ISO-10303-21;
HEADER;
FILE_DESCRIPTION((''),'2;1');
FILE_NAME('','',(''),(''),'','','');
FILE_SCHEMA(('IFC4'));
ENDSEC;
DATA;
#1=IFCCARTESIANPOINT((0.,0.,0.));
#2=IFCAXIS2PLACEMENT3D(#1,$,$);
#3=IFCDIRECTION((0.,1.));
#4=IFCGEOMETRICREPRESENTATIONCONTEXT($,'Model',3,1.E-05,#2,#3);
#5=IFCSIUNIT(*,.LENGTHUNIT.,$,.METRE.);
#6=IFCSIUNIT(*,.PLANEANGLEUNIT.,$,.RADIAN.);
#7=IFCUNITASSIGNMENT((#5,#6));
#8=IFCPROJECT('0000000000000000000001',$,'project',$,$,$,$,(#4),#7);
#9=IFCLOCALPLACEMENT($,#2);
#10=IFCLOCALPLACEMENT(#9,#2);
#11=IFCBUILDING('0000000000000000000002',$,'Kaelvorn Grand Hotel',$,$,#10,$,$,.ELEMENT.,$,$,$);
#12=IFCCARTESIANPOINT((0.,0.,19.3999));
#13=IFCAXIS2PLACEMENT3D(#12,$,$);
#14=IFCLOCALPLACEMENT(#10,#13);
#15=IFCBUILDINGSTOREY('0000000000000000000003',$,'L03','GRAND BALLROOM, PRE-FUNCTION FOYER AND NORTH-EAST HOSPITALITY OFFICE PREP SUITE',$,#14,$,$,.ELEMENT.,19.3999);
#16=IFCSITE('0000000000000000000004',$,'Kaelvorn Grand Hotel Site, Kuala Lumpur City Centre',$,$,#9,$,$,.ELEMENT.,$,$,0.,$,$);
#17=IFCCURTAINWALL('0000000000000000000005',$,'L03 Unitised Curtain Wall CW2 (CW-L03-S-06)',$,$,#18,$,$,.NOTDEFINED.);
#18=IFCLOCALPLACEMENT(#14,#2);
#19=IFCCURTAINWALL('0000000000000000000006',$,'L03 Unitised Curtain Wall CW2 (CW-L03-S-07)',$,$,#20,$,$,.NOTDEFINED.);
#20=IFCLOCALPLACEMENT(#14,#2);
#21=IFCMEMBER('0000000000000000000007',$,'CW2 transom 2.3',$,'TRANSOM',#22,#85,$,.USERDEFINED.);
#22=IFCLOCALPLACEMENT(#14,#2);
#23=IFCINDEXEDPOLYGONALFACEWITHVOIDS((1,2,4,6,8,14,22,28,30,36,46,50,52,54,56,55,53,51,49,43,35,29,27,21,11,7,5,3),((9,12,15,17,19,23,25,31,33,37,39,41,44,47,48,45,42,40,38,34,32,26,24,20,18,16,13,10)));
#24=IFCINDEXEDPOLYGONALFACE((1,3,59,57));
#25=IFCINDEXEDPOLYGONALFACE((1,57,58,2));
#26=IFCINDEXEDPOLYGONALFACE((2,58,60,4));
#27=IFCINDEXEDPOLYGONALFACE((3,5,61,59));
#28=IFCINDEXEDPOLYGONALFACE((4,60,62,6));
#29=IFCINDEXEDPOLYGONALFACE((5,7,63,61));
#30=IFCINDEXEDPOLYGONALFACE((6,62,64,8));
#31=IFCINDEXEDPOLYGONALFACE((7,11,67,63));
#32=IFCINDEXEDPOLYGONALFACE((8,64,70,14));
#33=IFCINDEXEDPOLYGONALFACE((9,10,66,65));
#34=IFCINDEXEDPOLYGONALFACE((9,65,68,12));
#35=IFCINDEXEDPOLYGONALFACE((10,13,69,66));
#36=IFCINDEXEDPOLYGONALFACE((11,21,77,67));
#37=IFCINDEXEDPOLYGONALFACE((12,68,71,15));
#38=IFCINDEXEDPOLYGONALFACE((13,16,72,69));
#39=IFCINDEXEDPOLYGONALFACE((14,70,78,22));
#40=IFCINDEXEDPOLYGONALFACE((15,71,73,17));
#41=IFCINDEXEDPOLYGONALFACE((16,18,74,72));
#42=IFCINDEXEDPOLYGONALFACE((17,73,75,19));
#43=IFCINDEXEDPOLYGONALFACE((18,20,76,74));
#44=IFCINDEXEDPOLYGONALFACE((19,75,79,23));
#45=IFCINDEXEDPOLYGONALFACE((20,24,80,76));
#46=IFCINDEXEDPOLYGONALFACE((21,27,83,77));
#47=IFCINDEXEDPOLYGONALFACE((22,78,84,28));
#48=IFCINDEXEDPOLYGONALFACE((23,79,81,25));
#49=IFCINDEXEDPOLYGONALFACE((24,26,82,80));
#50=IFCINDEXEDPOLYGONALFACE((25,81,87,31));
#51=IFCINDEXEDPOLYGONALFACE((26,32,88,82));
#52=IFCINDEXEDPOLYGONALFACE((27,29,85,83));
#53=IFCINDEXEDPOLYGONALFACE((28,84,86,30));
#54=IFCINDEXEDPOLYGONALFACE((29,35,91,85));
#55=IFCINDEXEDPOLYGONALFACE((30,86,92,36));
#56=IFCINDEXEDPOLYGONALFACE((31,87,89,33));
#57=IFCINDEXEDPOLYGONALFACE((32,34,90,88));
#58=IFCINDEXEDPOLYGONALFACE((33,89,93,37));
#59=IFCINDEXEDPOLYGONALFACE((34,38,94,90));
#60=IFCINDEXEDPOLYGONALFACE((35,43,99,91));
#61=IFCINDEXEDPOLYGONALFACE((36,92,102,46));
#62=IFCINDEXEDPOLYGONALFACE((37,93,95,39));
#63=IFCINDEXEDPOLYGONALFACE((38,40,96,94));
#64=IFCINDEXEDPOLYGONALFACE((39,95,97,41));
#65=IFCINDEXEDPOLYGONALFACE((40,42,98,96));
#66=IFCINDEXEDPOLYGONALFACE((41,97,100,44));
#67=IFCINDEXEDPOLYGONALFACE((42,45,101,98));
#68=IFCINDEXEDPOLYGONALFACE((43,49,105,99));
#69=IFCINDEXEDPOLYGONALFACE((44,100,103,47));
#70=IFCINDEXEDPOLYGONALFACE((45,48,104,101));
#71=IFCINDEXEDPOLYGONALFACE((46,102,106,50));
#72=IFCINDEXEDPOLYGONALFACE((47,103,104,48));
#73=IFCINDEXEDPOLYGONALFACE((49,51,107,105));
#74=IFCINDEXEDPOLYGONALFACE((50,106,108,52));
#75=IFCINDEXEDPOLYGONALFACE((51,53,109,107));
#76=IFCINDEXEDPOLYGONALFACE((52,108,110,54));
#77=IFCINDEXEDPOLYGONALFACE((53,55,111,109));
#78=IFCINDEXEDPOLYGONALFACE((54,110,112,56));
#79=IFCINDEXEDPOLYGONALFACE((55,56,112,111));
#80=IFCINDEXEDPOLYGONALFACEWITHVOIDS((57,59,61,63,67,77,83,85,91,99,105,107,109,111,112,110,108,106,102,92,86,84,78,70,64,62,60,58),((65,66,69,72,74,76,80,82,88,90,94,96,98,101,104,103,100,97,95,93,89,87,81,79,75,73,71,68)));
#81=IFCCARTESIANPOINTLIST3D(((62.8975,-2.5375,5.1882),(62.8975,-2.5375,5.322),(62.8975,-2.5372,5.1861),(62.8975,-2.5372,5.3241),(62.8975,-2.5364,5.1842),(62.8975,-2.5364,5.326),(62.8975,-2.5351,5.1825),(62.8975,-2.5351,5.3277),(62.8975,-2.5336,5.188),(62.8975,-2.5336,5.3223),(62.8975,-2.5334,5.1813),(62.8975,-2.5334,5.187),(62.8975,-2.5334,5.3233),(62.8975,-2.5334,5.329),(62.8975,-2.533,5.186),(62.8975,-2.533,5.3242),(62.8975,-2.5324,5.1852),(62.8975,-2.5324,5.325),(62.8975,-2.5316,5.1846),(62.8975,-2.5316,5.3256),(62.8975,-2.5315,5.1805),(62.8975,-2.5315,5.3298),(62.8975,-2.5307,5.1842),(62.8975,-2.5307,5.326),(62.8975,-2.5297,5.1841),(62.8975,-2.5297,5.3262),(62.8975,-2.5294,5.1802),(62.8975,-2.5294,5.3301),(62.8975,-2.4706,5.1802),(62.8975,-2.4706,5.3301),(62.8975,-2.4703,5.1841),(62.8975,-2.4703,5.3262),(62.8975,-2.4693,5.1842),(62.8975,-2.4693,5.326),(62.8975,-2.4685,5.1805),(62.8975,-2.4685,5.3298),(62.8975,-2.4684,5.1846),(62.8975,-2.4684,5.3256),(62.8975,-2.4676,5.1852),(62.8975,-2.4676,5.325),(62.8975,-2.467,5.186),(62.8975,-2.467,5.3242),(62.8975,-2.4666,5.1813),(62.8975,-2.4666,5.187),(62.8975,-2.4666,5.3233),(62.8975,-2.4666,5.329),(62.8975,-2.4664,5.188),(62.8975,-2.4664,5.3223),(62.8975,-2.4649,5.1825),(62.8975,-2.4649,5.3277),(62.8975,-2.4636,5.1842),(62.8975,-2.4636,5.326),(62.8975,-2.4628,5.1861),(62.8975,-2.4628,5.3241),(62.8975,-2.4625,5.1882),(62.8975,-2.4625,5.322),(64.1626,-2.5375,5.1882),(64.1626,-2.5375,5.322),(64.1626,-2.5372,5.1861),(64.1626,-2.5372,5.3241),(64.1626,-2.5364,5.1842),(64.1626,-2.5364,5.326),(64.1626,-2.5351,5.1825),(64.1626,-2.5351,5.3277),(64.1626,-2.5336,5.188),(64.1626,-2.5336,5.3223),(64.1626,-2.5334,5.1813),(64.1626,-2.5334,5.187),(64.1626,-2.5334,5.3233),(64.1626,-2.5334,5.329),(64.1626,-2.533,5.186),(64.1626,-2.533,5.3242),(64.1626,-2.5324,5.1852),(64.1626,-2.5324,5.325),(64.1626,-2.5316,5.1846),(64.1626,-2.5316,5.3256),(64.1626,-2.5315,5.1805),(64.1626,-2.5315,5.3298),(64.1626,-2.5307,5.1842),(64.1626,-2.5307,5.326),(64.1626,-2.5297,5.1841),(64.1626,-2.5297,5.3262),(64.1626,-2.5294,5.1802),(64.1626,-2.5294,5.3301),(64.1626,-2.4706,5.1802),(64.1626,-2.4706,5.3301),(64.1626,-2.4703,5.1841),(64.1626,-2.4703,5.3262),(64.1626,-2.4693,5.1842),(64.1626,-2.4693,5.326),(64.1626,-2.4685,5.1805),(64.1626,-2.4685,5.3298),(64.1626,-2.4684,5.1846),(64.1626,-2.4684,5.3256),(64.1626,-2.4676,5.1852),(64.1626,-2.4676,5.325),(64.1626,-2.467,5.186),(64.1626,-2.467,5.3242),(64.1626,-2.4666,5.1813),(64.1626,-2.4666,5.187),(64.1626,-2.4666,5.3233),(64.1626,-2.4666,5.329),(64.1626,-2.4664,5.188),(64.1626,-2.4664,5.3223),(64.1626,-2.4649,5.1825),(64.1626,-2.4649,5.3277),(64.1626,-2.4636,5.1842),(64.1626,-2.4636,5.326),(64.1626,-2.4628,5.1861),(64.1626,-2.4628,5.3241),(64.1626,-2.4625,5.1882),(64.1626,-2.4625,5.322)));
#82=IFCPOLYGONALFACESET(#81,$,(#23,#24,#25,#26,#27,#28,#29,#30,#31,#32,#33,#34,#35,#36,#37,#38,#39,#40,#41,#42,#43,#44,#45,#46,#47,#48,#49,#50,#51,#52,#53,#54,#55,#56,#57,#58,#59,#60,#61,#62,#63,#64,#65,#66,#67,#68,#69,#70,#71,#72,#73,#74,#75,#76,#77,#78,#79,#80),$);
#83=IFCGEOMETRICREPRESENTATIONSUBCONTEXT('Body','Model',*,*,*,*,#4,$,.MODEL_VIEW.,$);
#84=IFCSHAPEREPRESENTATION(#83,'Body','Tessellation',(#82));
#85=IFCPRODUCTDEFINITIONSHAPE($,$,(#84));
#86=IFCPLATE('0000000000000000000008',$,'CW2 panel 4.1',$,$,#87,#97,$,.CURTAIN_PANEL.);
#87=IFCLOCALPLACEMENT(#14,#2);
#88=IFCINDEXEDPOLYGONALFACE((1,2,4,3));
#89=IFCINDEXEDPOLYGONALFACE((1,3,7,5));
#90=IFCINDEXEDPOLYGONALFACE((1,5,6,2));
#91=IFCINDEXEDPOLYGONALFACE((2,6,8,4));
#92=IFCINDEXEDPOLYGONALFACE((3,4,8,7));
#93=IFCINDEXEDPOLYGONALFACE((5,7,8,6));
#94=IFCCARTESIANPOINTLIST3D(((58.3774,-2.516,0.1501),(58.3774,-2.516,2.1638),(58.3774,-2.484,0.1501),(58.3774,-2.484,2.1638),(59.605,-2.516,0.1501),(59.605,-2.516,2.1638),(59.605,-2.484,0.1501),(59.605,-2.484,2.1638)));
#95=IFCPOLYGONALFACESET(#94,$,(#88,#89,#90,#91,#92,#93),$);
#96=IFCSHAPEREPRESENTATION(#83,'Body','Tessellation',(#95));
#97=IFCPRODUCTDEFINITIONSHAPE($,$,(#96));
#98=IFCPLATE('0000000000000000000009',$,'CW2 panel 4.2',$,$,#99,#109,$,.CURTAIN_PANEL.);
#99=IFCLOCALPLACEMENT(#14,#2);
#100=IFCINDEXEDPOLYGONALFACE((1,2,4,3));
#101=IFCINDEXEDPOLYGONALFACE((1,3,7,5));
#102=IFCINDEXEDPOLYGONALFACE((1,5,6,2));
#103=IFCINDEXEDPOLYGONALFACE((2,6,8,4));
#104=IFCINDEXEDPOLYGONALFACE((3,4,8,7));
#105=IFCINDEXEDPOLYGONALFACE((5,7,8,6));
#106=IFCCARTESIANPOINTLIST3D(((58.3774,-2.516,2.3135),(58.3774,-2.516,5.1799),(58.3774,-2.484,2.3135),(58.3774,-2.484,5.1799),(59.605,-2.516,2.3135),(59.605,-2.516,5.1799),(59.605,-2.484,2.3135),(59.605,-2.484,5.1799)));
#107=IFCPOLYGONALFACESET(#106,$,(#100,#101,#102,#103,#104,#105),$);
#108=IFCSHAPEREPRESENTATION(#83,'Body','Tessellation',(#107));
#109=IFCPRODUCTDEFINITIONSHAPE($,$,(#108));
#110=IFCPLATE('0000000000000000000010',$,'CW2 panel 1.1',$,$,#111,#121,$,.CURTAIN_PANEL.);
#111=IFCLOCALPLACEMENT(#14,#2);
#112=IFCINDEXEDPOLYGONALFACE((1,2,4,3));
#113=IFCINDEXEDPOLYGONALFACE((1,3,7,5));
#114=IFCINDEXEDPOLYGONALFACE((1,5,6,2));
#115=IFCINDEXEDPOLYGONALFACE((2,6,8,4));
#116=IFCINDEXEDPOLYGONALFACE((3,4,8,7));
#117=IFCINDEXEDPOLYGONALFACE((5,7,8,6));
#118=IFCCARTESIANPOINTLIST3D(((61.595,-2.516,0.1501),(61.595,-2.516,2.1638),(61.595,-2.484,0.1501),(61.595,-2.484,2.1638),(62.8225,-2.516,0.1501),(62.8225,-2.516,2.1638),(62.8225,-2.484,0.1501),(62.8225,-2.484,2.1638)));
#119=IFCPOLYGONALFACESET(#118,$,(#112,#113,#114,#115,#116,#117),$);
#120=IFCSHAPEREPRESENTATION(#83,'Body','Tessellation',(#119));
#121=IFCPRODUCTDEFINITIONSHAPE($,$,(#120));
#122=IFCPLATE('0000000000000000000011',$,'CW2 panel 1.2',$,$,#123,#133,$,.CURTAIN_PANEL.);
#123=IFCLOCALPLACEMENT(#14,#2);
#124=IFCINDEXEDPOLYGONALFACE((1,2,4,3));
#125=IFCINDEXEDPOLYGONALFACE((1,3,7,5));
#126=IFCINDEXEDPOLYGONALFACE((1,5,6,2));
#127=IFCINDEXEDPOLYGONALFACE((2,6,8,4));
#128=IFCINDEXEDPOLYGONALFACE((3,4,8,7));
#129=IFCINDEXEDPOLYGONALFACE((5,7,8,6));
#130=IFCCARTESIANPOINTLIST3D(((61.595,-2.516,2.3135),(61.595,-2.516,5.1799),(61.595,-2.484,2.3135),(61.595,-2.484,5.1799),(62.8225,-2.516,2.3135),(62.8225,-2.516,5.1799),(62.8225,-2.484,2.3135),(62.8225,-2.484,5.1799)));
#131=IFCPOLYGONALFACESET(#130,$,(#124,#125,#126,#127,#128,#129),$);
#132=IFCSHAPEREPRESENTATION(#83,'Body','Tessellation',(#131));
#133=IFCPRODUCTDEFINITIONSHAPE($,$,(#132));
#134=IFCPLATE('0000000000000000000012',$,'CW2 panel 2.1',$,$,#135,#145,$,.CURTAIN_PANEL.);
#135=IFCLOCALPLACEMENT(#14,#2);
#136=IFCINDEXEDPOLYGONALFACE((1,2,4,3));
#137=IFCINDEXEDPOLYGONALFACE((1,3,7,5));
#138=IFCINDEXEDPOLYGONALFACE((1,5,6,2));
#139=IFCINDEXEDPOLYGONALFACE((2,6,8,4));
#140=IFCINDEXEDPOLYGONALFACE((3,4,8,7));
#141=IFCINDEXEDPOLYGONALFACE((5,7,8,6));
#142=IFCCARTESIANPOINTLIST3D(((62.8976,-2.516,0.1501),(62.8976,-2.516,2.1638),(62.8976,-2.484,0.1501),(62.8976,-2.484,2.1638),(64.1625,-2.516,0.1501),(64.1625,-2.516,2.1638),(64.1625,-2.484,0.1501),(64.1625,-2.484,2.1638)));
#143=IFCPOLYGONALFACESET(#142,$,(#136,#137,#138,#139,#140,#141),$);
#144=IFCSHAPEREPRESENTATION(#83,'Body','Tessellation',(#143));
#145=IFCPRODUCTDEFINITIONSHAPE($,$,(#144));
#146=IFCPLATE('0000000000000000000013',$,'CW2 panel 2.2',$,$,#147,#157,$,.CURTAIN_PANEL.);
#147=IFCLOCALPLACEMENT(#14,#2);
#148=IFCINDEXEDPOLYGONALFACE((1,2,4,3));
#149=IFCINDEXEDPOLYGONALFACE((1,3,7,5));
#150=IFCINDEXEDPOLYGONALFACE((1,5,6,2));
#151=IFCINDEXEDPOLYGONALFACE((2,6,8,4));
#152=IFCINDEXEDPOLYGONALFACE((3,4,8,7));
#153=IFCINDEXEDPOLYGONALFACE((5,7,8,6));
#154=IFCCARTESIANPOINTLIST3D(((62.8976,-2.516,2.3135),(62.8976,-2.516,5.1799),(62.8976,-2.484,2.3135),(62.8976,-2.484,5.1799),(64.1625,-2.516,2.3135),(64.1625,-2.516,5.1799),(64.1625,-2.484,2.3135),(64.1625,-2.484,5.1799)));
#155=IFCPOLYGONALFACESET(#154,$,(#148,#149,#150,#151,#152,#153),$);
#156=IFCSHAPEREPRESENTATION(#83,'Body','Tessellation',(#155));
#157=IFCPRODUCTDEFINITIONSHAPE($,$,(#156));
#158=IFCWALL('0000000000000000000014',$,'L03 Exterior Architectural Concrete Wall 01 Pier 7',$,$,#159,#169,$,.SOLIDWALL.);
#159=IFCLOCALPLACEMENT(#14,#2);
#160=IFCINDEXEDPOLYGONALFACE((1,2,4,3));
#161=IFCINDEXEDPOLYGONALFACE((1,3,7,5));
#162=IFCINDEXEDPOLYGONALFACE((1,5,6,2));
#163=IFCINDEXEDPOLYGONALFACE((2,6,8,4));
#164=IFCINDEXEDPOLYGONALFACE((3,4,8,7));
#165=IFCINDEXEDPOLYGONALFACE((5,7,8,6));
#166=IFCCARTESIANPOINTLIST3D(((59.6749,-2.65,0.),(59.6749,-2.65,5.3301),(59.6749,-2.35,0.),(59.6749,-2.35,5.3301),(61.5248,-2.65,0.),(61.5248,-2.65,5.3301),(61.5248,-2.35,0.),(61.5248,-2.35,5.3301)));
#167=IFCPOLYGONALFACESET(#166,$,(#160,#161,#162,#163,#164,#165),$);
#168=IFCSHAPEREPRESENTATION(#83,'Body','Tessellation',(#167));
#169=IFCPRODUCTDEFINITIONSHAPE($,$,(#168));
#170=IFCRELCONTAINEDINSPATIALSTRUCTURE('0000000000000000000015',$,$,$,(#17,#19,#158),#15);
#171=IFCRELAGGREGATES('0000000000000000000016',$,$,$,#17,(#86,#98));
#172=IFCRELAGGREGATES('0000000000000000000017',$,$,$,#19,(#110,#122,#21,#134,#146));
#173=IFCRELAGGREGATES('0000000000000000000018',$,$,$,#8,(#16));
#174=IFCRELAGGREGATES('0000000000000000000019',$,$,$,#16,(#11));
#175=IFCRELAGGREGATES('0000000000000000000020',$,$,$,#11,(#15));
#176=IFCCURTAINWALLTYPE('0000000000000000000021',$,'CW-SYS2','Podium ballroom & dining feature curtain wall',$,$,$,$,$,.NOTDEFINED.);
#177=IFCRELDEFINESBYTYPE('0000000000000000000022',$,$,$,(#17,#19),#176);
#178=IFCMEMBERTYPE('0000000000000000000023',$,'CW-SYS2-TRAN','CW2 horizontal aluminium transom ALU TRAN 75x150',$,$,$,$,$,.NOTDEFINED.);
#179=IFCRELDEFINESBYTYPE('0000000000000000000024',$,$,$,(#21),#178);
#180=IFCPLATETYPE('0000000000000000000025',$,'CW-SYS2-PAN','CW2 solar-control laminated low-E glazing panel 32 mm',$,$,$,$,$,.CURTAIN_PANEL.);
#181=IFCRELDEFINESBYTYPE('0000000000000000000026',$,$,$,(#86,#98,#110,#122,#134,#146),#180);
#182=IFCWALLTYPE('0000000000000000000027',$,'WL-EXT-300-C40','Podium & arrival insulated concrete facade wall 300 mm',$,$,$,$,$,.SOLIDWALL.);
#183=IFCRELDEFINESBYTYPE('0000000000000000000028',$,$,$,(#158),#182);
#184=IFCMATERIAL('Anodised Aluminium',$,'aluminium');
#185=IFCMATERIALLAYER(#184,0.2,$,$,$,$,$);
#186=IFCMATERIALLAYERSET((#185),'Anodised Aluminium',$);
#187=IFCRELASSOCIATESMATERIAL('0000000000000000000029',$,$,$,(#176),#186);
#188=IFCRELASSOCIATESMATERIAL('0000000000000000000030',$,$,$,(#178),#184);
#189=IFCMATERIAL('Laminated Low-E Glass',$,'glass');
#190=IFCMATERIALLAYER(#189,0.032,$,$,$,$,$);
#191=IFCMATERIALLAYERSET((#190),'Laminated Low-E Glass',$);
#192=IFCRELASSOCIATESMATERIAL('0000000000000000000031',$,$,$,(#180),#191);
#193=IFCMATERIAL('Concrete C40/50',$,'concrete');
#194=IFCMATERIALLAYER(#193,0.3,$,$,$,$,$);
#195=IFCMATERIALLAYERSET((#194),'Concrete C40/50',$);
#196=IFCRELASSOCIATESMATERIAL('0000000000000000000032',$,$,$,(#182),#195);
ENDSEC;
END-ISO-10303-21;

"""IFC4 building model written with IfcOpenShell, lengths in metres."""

from ifc_helpers import new_model, si_unit, direction, frame, frame_2d, origin, origin_2d, place, context, subcontext, project, spatial, rectangle, hollow_rectangle, extrude, material, layer, layer_set, material_profile, profile_set, type_object, element, aggregate, save


model = new_model("IFC4")

# Units and contexts
model_context = context("Model", 3, precision=1e-05, world=origin(), true_north=direction((0.0, 1.0)))
body_context = subcontext(model_context, "Body", "Model", "MODEL_VIEW")
ifc_project = project(units=[si_unit("LENGTHUNIT", "METRE"), si_unit("PLANEANGLEUNIT", "RADIAN")], contexts=[model_context])

# Site, building, storey
site_placement = place(None, origin())
site = spatial("IfcSite", under=ifc_project, at=site_placement, Name="Kaelvorn Grand Hotel Site, Kuala Lumpur City Centre", CompositionType="ELEMENT", RefElevation=0.0)
building_placement = place(site_placement, origin())
building = spatial("IfcBuilding", under=site, at=building_placement, Name="Kaelvorn Grand Hotel", CompositionType="ELEMENT")
storey_placement = place(building_placement, frame((0.0, 0.0, 19.3999)))
storey = spatial("IfcBuildingStorey", under=building, at=storey_placement, Name="L03", Description="GRAND BALLROOM, PRE-FUNCTION FOYER AND NORTH-EAST HOSPITALITY OFFICE PREP SUITE", CompositionType="ELEMENT", Elevation=19.3999)

# Curtain wall
ifc_material_1 = material(Name="Anodised Aluminium", Category="aluminium")
ifc_layer_1 = layer(ifc_material_1, 0.2)
ifc_layer_set_1 = layer_set([ifc_layer_1], Name="Anodised Aluminium")
curtain_wall_type = type_object("IfcCurtainWallType", Name="CW-SYS2", Description="Podium ballroom & dining feature curtain wall", PredefinedType="NOTDEFINED", material=ifc_layer_set_1)
curtain_wall_1_placement = place(storey_placement, origin())
curtain_wall_1 = element("IfcCurtainWall", 1, at=curtain_wall_1_placement, inside=storey, type_object=curtain_wall_type, Name="L03 Unitised Curtain Wall CW2 (CW-L03-S-06)", PredefinedType="NOTDEFINED")

# Curtain wall
curtain_wall_2_placement = place(storey_placement, origin())
curtain_wall_2 = element("IfcCurtainWall", 2, at=curtain_wall_2_placement, inside=storey, type_object=curtain_wall_type, Name="L03 Unitised Curtain Wall CW2 (CW-L03-S-07)", PredefinedType="NOTDEFINED")

# Member
ifc_material_profile_1 = material_profile(ifc_material_1, hollow_rectangle(XDim=0.075, YDim=0.1499, WallThickness=0.0039, InnerFilletRadius=0.0039, OuterFilletRadius=0.0081, at=origin_2d()), Name="ALU TRAN 75x150")
ifc_profile_set_1 = profile_set([ifc_material_profile_1], Name="Anodised Aluminium")
member_type_1 = type_object("IfcMemberType", Name="CW-SYS2-TRAN", Description="CW2 horizontal aluminium transom ALU TRAN 75x150", PredefinedType="NOTDEFINED", material=ifc_profile_set_1)
member_1_placement = place(storey_placement, frame((62.8975, -2.5, 5.2551), z_axis=(1.0, 0.0, 0.0), x_axis=(0.0, 1.0, 0.0)))
member_1 = element("IfcMember", 3, at=member_1_placement, type_object=member_type_1, Name="CW2 transom 2.3", ObjectType="TRANSOM", PredefinedType="USERDEFINED", context=body_context, shape_type="SweptSolid", body=[
    extrude(hollow_rectangle(XDim=0.075, YDim=0.1499, WallThickness=0.0039, InnerFilletRadius=0.0039, OuterFilletRadius=0.0081, at=origin_2d()), origin(), (0.0, 0.0, 1.0), 1.2651),
])

# Plates
ifc_material_2 = material(Name="Laminated Low-E Glass", Category="glass")
ifc_layer_2 = layer(ifc_material_2, 0.032)
ifc_layer_set_2 = layer_set([ifc_layer_2], Name="Laminated Low-E Glass")
plate_type = type_object("IfcPlateType", Name="CW-SYS2-PAN", Description="CW2 solar-control laminated low-E glazing panel 32 mm", PredefinedType="CURTAIN_PANEL", material=ifc_layer_set_2)
plate_1_placement = place(storey_placement, frame((58.9912, -2.5, 0.1501), z_axis=(0.0, 0.0, 1.0), x_axis=(1.0, 0.0, 0.0)))
plate_1 = element("IfcPlate", 4, at=plate_1_placement, type_object=plate_type, Name="CW2 panel 4.1", PredefinedType="CURTAIN_PANEL", context=body_context, shape_type="SweptSolid", body=[
    extrude(rectangle(XDim=1.2275, YDim=0.032, at=origin_2d()), origin(), (0.0, 0.0, 1.0), 2.0137),
])
plate_2_placement = place(storey_placement, frame((58.9912, -2.5, 2.3135), z_axis=(0.0, 0.0, 1.0), x_axis=(1.0, 0.0, 0.0)))
plate_2 = element("IfcPlate", 5, at=plate_2_placement, type_object=plate_type, Name="CW2 panel 4.2", PredefinedType="CURTAIN_PANEL", context=body_context, shape_type="SweptSolid", body=[
    extrude(rectangle(XDim=1.2275, YDim=0.032, at=origin_2d()), origin(), (0.0, 0.0, 1.0), 2.8665),
])
aggregate(curtain_wall_1, [plate_1, plate_2])
plate_3_placement = place(storey_placement, frame((62.2087, -2.5, 0.1501), z_axis=(0.0, 0.0, 1.0), x_axis=(1.0, 0.0, 0.0)))
plate_3 = element("IfcPlate", 6, at=plate_3_placement, type_object=plate_type, Name="CW2 panel 1.1", PredefinedType="CURTAIN_PANEL", context=body_context, shape_type="SweptSolid", body=[
    extrude(rectangle(XDim=1.2275, YDim=0.032, at=origin_2d()), origin(), (0.0, 0.0, 1.0), 2.0137),
])
plate_4_placement = place(storey_placement, frame((62.2087, -2.5, 2.3135), z_axis=(0.0, 0.0, 1.0), x_axis=(1.0, 0.0, 0.0)))
plate_4 = element("IfcPlate", 7, at=plate_4_placement, type_object=plate_type, Name="CW2 panel 1.2", PredefinedType="CURTAIN_PANEL", context=body_context, shape_type="SweptSolid", body=[
    extrude(rectangle(XDim=1.2275, YDim=0.032, at=origin_2d()), origin(), (0.0, 0.0, 1.0), 2.8665),
])
plate_5_placement = place(storey_placement, frame((63.53, -2.5, 0.1501), z_axis=(0.0, 0.0, 1.0), x_axis=(1.0, 0.0, 0.0)))
plate_5 = element("IfcPlate", 8, at=plate_5_placement, type_object=plate_type, Name="CW2 panel 2.1", PredefinedType="CURTAIN_PANEL", context=body_context, shape_type="SweptSolid", body=[
    extrude(rectangle(XDim=1.2649, YDim=0.032, at=origin_2d()), origin(), (0.0, 0.0, 1.0), 2.0137),
])
plate_6_placement = place(storey_placement, frame((63.53, -2.5, 2.3135), z_axis=(0.0, 0.0, 1.0), x_axis=(1.0, 0.0, 0.0)))
plate_6 = element("IfcPlate", 9, at=plate_6_placement, type_object=plate_type, Name="CW2 panel 2.2", PredefinedType="CURTAIN_PANEL", context=body_context, shape_type="SweptSolid", body=[
    extrude(rectangle(XDim=1.2649, YDim=0.032, at=origin_2d()), origin(), (0.0, 0.0, 1.0), 2.8665),
])
aggregate(curtain_wall_2, [plate_3, plate_4, member_1, plate_5, plate_6])

# Wall
ifc_material_3 = material(Name="Concrete C40/50", Category="concrete")
ifc_layer_3 = layer(ifc_material_3, 0.3)
ifc_layer_set_3 = layer_set([ifc_layer_3], Name="Concrete C40/50")
wall_type = type_object("IfcWallType", Name="WL-EXT-300-C40", Description="Podium & arrival insulated concrete facade wall 300 mm", PredefinedType="SOLIDWALL", material=ifc_layer_set_3)
wall_placement = place(storey_placement, frame((59.675, -2.5, 0.0), z_axis=(0.0, 0.0, 1.0), x_axis=(1.0, 0.0, 0.0)))
element("IfcWall", 10, at=wall_placement, inside=storey, type_object=wall_type, Name="L03 Exterior Architectural Concrete Wall 01 Pier 7", PredefinedType="SOLIDWALL", context=body_context, shape_type="SweptSolid", body=[
    extrude(rectangle(XDim=1.8499, YDim=0.3, at=frame_2d((0.9248, 0.0))), origin(), (0.0, 0.0, 1.0), 5.3301),
])

save(model, "model.ifc")
